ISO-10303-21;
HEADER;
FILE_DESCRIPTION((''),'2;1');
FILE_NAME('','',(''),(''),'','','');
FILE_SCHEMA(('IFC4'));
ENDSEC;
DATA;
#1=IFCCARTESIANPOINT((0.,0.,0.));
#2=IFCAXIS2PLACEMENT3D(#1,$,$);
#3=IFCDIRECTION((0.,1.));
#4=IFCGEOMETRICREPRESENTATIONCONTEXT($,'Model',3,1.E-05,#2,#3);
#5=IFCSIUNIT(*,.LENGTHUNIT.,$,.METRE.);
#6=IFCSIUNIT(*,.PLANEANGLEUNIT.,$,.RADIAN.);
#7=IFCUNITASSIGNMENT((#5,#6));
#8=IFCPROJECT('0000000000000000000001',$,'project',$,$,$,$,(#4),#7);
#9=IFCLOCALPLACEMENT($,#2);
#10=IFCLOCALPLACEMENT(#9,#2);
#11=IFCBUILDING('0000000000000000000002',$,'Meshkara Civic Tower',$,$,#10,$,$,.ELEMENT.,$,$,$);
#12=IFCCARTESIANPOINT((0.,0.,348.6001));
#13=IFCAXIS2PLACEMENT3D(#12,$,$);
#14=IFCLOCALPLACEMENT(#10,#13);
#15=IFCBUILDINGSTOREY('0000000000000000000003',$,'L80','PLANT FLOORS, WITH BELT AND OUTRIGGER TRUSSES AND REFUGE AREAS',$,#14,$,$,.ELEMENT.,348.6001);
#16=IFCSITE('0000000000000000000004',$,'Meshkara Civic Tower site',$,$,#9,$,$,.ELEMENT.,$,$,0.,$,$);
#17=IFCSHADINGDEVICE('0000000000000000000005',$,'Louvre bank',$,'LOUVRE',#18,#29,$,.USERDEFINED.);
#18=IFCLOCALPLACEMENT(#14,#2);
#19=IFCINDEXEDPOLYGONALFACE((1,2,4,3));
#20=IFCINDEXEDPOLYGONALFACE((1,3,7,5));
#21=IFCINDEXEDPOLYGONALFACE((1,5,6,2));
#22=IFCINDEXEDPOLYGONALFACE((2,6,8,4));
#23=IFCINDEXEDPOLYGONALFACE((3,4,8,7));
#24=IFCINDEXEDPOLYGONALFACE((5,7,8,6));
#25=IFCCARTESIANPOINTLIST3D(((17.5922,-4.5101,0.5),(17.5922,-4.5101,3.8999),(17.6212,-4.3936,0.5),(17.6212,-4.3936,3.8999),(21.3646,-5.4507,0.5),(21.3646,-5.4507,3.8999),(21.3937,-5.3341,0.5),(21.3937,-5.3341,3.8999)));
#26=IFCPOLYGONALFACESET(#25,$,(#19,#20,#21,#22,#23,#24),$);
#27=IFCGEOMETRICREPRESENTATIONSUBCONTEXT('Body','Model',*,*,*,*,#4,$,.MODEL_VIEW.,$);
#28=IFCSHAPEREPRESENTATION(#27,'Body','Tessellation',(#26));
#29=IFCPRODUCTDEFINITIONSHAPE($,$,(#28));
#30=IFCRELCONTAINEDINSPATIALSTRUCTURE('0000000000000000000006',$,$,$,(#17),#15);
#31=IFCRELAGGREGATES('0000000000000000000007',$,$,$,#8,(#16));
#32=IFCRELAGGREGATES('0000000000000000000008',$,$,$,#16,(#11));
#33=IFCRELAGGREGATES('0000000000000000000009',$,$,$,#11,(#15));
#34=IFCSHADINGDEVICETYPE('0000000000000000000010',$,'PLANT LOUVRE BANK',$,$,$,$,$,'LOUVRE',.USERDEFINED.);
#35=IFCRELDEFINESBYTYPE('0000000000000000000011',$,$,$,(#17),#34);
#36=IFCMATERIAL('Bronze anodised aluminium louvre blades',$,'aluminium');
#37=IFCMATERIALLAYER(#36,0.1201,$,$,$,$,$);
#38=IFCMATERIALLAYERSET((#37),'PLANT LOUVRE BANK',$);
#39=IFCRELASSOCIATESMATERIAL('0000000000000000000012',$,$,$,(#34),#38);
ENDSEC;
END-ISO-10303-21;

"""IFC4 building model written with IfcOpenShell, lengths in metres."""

from ifc_helpers import new_model, si_unit, direction, frame, origin, origin_2d, place, context, subcontext, project, spatial, rectangle, extrude, material, layer, layer_set, type_object, element, save


model = new_model("IFC4")

# Units and contexts
model_context = context("Model", 3, precision=1e-05, world=origin(), true_north=direction((0.0, 1.0)))
body_context = subcontext(model_context, "Body", "Model", "MODEL_VIEW")
ifc_project = project(units=[si_unit("LENGTHUNIT", "METRE"), si_unit("PLANEANGLEUNIT", "RADIAN")], contexts=[model_context])

# Site, building, storey
site_placement = place(None, origin())
site = spatial("IfcSite", under=ifc_project, at=site_placement, Name="Meshkara Civic Tower site", CompositionType="ELEMENT", RefElevation=0.0)
building_placement = place(site_placement, origin())
building = spatial("IfcBuilding", under=site, at=building_placement, Name="Meshkara Civic Tower", CompositionType="ELEMENT")
storey_placement = place(building_placement, frame((0.0, 0.0, 348.6001)))
storey = spatial("IfcBuildingStorey", under=building, at=storey_placement, Name="L80", Description="PLANT FLOORS, WITH BELT AND OUTRIGGER TRUSSES AND REFUGE AREAS", CompositionType="ELEMENT", Elevation=348.6001)

# Shading device
ifc_material_1 = material(Name="Bronze anodised aluminium louvre blades", Category="aluminium")
ifc_layer_1 = layer(ifc_material_1, 0.1201)
ifc_layer_set_1 = layer_set([ifc_layer_1], Name="PLANT LOUVRE BANK")
shading_device_type = type_object("IfcShadingDeviceType", Name="PLANT LOUVRE BANK", ElementType="LOUVRE", PredefinedType="USERDEFINED", material=ifc_layer_set_1)
shading_device_1_placement = place(storey_placement, frame((19.4929, -4.9221, 0.5), z_axis=(0.0, 0.0, 1.0), x_axis=(0.970296, -0.241922, 0.0)))
element("IfcShadingDevice", 1, at=shading_device_1_placement, inside=storey, type_object=shading_device_type, Name="Louvre bank", ObjectType="LOUVRE", PredefinedType="USERDEFINED", context=body_context, shape_type="SweptSolid", body=[
    extrude(rectangle(XDim=3.8879, YDim=0.1201, at=origin_2d()), origin(), (0.0, 0.0, 1.0), 3.3999),
])

save(model, "model.ifc")
